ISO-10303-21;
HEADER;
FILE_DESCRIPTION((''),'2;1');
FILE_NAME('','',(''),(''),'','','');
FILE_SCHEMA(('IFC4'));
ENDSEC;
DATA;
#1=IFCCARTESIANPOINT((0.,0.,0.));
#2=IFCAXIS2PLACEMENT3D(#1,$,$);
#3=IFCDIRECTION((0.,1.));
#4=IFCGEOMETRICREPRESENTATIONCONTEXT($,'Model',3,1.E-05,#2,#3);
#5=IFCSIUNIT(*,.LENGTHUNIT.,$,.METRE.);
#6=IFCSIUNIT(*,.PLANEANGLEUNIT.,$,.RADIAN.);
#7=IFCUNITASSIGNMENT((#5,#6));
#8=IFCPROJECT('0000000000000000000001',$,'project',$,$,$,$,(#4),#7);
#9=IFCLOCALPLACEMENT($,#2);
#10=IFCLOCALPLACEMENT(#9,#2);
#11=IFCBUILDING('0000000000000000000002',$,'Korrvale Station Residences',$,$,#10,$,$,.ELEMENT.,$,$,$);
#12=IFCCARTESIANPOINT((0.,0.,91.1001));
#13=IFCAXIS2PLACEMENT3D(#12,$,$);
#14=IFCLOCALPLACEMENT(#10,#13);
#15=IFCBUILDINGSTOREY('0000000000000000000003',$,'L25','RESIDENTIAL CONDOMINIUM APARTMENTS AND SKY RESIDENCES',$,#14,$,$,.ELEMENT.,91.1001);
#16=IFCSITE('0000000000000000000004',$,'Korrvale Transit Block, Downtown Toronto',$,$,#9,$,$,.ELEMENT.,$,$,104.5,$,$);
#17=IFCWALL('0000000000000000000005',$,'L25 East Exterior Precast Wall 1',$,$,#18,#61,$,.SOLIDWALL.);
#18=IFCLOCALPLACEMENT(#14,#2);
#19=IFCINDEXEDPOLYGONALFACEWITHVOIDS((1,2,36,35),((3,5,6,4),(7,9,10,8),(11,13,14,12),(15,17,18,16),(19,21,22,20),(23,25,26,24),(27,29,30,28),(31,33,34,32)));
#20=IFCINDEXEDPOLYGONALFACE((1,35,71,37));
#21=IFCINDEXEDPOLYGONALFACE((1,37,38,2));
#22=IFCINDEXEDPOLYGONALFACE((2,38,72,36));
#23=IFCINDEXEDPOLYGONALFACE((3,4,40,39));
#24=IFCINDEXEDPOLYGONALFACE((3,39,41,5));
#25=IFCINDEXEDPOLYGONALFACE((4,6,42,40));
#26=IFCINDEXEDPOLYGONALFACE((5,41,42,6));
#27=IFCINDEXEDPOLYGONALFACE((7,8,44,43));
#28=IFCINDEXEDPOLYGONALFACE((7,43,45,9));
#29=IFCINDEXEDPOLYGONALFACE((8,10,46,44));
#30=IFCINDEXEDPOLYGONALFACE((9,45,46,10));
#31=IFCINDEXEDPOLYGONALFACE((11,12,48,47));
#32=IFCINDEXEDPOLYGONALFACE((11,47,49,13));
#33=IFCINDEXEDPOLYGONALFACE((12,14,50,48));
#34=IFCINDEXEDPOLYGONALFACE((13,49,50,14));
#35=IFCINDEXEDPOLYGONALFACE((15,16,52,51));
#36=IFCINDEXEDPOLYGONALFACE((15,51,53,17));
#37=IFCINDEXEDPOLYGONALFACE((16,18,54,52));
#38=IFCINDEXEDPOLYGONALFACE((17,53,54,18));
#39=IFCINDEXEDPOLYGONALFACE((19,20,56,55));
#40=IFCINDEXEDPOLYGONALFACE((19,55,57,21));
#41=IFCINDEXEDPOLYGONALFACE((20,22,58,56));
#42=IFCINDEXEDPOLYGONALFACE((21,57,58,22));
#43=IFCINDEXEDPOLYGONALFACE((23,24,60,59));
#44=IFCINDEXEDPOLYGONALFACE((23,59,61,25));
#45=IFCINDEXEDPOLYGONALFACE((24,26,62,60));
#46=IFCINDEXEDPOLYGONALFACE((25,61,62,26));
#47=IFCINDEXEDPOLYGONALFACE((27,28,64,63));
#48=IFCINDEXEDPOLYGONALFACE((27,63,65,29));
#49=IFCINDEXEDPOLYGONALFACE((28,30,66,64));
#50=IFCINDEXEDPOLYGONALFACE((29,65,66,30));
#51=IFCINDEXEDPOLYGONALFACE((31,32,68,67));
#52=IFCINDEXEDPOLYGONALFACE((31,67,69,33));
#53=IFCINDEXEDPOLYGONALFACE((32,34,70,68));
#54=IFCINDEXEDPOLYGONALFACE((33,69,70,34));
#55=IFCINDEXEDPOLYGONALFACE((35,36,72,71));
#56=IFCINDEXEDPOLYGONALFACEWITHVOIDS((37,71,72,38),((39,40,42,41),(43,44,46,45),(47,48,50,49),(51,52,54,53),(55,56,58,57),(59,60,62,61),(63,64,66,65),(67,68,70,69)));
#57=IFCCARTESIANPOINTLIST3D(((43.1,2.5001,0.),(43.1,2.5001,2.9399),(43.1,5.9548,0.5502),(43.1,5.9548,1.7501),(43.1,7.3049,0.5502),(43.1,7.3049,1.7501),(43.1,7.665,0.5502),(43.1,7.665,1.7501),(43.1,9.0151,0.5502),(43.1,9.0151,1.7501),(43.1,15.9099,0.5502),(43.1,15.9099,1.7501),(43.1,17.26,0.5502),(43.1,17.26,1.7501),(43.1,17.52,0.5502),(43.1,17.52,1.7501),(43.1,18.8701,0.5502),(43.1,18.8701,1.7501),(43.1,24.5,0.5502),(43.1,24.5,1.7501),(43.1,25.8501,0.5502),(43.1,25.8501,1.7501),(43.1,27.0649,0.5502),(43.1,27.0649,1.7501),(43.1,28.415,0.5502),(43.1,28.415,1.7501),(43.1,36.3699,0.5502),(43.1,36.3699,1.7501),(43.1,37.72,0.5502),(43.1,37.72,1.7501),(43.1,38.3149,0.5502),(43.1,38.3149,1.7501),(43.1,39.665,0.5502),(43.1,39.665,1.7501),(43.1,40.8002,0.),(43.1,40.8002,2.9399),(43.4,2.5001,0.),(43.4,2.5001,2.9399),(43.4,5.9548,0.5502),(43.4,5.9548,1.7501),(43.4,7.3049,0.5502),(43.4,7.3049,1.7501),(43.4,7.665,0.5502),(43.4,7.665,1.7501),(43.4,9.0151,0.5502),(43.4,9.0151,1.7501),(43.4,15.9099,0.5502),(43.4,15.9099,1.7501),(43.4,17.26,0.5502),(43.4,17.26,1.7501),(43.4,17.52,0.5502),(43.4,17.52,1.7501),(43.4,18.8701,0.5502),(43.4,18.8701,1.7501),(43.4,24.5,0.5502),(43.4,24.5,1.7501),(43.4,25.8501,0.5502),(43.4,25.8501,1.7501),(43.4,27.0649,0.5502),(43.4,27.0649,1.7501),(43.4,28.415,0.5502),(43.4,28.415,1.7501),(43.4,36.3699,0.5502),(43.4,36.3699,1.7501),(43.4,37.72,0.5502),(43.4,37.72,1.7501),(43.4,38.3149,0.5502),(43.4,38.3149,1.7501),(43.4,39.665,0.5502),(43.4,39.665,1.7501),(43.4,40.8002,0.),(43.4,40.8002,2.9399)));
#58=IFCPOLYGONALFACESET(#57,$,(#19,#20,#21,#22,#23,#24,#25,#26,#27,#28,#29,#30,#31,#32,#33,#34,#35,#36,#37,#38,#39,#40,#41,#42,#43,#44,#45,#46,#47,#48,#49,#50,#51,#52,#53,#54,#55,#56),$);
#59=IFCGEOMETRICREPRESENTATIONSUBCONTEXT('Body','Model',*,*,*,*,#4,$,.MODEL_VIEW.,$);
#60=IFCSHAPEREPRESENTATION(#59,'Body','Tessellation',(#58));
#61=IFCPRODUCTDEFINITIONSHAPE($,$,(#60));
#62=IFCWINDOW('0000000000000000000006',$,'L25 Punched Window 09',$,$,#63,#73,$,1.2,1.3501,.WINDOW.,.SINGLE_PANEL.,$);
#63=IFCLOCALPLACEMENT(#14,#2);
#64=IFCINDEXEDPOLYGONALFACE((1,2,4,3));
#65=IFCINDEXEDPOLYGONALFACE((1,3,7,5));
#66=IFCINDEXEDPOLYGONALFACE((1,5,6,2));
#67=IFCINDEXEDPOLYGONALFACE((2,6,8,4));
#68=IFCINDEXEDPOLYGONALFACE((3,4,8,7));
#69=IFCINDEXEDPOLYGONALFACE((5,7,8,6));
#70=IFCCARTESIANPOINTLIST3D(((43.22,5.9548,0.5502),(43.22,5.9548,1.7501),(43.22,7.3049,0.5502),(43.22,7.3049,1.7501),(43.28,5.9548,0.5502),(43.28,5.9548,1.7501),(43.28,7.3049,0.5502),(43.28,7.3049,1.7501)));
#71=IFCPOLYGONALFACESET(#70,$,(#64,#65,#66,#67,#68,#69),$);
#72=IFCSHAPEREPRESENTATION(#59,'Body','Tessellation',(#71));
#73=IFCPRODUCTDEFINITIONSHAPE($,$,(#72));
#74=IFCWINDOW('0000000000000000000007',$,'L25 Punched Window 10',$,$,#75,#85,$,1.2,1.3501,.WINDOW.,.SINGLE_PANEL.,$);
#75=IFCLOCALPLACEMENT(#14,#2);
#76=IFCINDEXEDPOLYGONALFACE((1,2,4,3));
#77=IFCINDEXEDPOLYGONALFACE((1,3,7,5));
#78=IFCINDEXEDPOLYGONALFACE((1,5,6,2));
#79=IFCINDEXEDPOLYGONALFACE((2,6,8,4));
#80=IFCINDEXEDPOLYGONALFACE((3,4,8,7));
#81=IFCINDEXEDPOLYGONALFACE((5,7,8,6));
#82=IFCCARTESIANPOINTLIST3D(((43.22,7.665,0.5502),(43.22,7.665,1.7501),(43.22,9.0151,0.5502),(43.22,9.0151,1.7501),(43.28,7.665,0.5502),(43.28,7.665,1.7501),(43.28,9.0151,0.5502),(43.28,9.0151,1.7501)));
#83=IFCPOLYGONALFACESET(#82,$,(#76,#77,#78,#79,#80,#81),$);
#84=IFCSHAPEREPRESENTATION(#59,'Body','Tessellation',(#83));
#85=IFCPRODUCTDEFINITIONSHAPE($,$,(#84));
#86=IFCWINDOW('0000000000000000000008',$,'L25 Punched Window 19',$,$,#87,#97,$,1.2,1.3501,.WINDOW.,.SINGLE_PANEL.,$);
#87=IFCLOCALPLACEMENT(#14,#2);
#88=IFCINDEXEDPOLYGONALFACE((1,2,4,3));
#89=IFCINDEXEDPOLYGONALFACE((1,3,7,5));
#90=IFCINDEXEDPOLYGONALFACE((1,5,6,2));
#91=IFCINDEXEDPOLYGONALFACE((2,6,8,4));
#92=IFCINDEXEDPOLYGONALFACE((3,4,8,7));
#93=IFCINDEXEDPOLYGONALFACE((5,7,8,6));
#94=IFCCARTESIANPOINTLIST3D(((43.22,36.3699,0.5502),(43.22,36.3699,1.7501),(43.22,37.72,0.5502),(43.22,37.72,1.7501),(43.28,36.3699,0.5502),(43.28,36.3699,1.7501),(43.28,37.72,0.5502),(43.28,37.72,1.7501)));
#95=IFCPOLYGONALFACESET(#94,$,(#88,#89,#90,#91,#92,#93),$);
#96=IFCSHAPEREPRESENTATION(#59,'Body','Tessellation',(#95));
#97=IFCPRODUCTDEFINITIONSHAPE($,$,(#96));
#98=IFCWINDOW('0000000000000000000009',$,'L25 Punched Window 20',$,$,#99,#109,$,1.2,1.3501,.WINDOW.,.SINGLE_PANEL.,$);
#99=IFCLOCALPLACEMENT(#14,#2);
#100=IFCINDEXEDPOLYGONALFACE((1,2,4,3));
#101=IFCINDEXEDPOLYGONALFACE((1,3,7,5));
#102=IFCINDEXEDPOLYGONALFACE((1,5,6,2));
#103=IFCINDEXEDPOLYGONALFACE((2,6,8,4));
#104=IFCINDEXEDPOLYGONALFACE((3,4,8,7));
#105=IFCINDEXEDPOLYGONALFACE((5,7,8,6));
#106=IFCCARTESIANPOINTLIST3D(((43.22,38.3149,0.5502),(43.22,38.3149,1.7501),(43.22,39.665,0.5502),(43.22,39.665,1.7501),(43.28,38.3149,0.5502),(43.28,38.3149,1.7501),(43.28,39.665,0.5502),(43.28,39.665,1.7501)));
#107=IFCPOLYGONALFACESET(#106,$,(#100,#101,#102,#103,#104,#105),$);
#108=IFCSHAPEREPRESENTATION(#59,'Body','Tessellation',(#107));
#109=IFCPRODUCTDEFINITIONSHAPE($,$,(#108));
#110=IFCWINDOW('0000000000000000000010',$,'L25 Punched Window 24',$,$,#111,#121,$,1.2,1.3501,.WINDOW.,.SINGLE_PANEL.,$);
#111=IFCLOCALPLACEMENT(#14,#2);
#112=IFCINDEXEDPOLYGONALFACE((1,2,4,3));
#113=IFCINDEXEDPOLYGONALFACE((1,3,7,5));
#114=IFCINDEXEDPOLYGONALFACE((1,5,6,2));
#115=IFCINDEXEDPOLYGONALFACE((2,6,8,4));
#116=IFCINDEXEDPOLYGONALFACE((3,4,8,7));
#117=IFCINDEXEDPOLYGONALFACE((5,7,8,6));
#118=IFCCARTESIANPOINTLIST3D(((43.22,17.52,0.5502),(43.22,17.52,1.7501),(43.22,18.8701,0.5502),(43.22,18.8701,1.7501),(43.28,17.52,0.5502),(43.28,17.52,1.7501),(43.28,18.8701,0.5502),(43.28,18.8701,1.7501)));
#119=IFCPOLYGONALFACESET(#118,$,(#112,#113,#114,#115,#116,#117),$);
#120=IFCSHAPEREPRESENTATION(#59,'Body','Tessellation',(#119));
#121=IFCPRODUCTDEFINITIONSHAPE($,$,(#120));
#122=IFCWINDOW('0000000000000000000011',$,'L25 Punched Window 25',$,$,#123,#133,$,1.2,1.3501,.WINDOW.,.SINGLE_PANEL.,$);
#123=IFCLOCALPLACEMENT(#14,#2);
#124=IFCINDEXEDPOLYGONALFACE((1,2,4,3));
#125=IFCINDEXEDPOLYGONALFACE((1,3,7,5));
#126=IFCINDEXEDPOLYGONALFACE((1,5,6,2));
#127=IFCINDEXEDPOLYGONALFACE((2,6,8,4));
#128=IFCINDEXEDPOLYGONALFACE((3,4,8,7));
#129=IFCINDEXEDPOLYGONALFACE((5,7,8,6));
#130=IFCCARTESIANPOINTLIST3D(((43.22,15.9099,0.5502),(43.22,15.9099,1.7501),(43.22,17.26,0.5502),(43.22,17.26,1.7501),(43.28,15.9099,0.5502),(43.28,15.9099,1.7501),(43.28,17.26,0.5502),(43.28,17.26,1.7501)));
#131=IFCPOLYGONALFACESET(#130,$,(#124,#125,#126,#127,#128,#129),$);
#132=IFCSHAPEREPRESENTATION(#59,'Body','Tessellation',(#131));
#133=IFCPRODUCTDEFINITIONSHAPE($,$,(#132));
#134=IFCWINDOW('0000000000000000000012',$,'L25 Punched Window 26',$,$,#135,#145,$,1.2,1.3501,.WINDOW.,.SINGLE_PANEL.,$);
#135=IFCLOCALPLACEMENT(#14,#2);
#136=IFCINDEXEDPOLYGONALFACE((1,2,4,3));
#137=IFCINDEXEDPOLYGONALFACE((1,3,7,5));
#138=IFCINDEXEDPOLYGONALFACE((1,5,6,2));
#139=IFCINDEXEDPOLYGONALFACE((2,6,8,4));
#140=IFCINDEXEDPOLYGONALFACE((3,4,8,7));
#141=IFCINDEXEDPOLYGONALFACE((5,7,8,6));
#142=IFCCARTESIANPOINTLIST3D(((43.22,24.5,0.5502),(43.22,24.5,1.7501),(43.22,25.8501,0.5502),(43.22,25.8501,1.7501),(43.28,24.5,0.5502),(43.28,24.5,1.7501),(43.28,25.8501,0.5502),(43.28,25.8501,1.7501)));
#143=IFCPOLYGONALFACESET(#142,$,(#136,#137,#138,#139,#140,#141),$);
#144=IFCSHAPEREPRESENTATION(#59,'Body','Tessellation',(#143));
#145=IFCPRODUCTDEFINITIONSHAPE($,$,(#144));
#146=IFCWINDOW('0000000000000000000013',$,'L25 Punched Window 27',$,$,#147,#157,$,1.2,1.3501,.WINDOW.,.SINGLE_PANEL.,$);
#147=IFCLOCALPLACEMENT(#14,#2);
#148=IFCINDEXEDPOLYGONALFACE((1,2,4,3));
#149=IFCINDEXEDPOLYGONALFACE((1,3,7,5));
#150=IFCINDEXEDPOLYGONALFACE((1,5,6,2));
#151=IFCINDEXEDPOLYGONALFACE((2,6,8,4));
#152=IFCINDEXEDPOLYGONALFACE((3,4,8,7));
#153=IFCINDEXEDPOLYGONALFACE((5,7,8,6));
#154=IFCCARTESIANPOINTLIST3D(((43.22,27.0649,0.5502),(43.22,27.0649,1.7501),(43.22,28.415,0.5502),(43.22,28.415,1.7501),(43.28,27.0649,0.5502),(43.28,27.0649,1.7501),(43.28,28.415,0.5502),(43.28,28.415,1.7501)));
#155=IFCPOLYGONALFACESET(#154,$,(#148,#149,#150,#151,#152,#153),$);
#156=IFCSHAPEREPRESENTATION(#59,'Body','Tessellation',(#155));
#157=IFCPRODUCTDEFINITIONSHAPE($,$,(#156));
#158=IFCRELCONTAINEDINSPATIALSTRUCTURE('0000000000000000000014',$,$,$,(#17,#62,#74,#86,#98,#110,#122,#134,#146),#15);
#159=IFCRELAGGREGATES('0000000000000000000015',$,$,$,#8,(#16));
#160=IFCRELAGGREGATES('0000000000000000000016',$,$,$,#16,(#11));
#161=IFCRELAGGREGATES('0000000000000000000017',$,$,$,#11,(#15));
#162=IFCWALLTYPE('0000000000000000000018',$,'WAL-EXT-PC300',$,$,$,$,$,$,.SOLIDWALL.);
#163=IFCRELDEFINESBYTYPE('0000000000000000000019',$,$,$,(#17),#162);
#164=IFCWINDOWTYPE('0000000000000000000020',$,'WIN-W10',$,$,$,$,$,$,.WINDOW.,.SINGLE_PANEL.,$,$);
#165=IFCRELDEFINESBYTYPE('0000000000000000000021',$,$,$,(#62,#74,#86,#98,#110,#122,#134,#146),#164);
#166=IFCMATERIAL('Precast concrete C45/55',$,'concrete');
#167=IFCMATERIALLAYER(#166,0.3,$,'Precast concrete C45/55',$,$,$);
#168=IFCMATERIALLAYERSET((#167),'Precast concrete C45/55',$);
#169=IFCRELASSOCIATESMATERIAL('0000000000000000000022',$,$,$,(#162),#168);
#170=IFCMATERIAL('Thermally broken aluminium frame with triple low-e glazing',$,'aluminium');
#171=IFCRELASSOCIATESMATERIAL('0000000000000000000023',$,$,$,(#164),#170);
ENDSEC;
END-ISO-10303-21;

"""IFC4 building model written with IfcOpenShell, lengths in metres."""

from ifc_helpers import new_model, si_unit, direction, frame, frame_2d, origin, place, context, subcontext, project, spatial, rectangle, extrude, material, layer, layer_set, type_object, element, fill, save


model = new_model("IFC4")

# Units and contexts
model_context = context("Model", 3, precision=1e-05, world=origin(), true_north=direction((0.0, 1.0)))
body_context = subcontext(model_context, "Body", "Model", "MODEL_VIEW")
ifc_project = project(units=[si_unit("LENGTHUNIT", "METRE"), si_unit("PLANEANGLEUNIT", "RADIAN")], contexts=[model_context])

# Site, building, storey
site_placement = place(None, origin())
site = spatial("IfcSite", under=ifc_project, at=site_placement, Name="Korrvale Transit Block, Downtown Toronto", CompositionType="ELEMENT", RefElevation=104.5)
building_placement = place(site_placement, origin())
building = spatial("IfcBuilding", under=site, at=building_placement, Name="Korrvale Station Residences", CompositionType="ELEMENT")
storey_placement = place(building_placement, frame((0.0, 0.0, 91.1001)))
storey = spatial("IfcBuildingStorey", under=building, at=storey_placement, Name="L25", Description="RESIDENTIAL CONDOMINIUM APARTMENTS AND SKY RESIDENCES", CompositionType="ELEMENT", Elevation=91.1001)

# Shared definitions
ifc_material_1 = material(Name="Precast concrete C45/55", Category="concrete")
ifc_layer_1 = layer(ifc_material_1, 0.3, Name="Precast concrete C45/55")
ifc_layer_set_1 = layer_set([ifc_layer_1], Name="Precast concrete C45/55")
wall_type_1 = type_object("IfcWallType", Name="WAL-EXT-PC300", PredefinedType="SOLIDWALL", material=ifc_layer_set_1)

# Wall, openings, windows
wall_1_placement = place(storey_placement, frame((43.25, 40.8, 0.0), z_axis=(0.0, 0.0, 1.0), x_axis=(0.0, -1.0, 0.0)))
wall_1 = element("IfcWall", 1, at=wall_1_placement, inside=storey, type_object=wall_type_1, Name="L25 East Exterior Precast Wall 1", PredefinedType="SOLIDWALL", context=body_context, shape_type="SweptSolid", body=[
    extrude(rectangle(XDim=38.3, YDim=0.3, at=frame_2d((19.1499, 0.0))), origin(), (0.0, 0.0, 1.0), 2.9399),
])
opening_1_placement = place(wall_1_placement, frame((33.4951, 0.0, 0.55)))
opening_1 = element("IfcOpeningElement", 2, at=opening_1_placement, cuts=wall_1, PredefinedType="OPENING", context=body_context, shape_type="SweptSolid", body=[
    extrude(rectangle(XDim=1.3501, YDim=1.2, at=frame_2d((0.675, 0.6001))), frame((0.0, 0.1602, 0.0), z_axis=(0.0, -1.0, 0.0), x_axis=(1.0, 0.0, 0.0)), (0.0, 0.0, 1.0), 0.3201),
])
opening_2_placement = place(wall_1_placement, frame((31.7849, 0.0, 0.55)))
opening_2 = element("IfcOpeningElement", 3, at=opening_2_placement, cuts=wall_1, PredefinedType="OPENING", context=body_context, shape_type="SweptSolid", body=[
    extrude(rectangle(XDim=1.3501, YDim=1.2, at=frame_2d((0.675, 0.6001))), frame((0.0, 0.1602, 0.0), z_axis=(0.0, -1.0, 0.0), x_axis=(1.0, 0.0, 0.0)), (0.0, 0.0, 1.0), 0.3201),
])
opening_3_placement = place(wall_1_placement, frame((3.0801, 0.0, 0.55)))
opening_3 = element("IfcOpeningElement", 4, at=opening_3_placement, cuts=wall_1, PredefinedType="OPENING", context=body_context, shape_type="SweptSolid", body=[
    extrude(rectangle(XDim=1.3501, YDim=1.2, at=frame_2d((0.675, 0.6001))), frame((0.0, 0.1602, 0.0), z_axis=(0.0, -1.0, 0.0), x_axis=(1.0, 0.0, 0.0)), (0.0, 0.0, 1.0), 0.3201),
])
opening_4_placement = place(wall_1_placement, frame((1.135, 0.0, 0.55)))
opening_4 = element("IfcOpeningElement", 5, at=opening_4_placement, cuts=wall_1, PredefinedType="OPENING", context=body_context, shape_type="SweptSolid", body=[
    extrude(rectangle(XDim=1.3501, YDim=1.2, at=frame_2d((0.675, 0.6001))), frame((0.0, 0.1602, 0.0), z_axis=(0.0, -1.0, 0.0), x_axis=(1.0, 0.0, 0.0)), (0.0, 0.0, 1.0), 0.3201),
])
opening_5_placement = place(wall_1_placement, frame((21.9299, 0.0, 0.55)))
opening_5 = element("IfcOpeningElement", 6, at=opening_5_placement, cuts=wall_1, PredefinedType="OPENING", context=body_context, shape_type="SweptSolid", body=[
    extrude(rectangle(XDim=1.3501, YDim=1.2, at=frame_2d((0.675, 0.6001))), frame((0.0, 0.1602, 0.0), z_axis=(0.0, -1.0, 0.0), x_axis=(1.0, 0.0, 0.0)), (0.0, 0.0, 1.0), 0.3201),
])
opening_6_placement = place(wall_1_placement, frame((23.54, 0.0, 0.55)))
opening_6 = element("IfcOpeningElement", 7, at=opening_6_placement, cuts=wall_1, PredefinedType="OPENING", context=body_context, shape_type="SweptSolid", body=[
    extrude(rectangle(XDim=1.3501, YDim=1.2, at=frame_2d((0.675, 0.6001))), frame((0.0, 0.1602, 0.0), z_axis=(0.0, -1.0, 0.0), x_axis=(1.0, 0.0, 0.0)), (0.0, 0.0, 1.0), 0.3201),
])
opening_7_placement = place(wall_1_placement, frame((14.95, 0.0, 0.55)))
opening_7 = element("IfcOpeningElement", 8, at=opening_7_placement, cuts=wall_1, PredefinedType="OPENING", context=body_context, shape_type="SweptSolid", body=[
    extrude(rectangle(XDim=1.3501, YDim=1.2, at=frame_2d((0.675, 0.6001))), frame((0.0, 0.1602, 0.0), z_axis=(0.0, -1.0, 0.0), x_axis=(1.0, 0.0, 0.0)), (0.0, 0.0, 1.0), 0.3201),
])
opening_8_placement = place(wall_1_placement, frame((12.385, 0.0, 0.55)))
opening_8 = element("IfcOpeningElement", 9, at=opening_8_placement, cuts=wall_1, PredefinedType="OPENING", context=body_context, shape_type="SweptSolid", body=[
    extrude(rectangle(XDim=1.3501, YDim=1.2, at=frame_2d((0.675, 0.6001))), frame((0.0, 0.1602, 0.0), z_axis=(0.0, -1.0, 0.0), x_axis=(1.0, 0.0, 0.0)), (0.0, 0.0, 1.0), 0.3201),
])
ifc_material_2 = material(Name="Thermally broken aluminium frame with triple low-e glazing", Category="aluminium")
window_type = type_object("IfcWindowType", Name="WIN-W10", PartitioningType="SINGLE_PANEL", PredefinedType="WINDOW", material=ifc_material_2)
window_1_placement = place(opening_1_placement, origin())
window_1 = element("IfcWindow", 10, at=window_1_placement, inside=storey, type_object=window_type, Name="L25 Punched Window 09", OverallHeight=1.2, OverallWidth=1.3501, PartitioningType="SINGLE_PANEL", PredefinedType="WINDOW", context=body_context, shape_type="SweptSolid", body=[
    extrude(rectangle(XDim=1.3501, YDim=1.2, at=frame_2d((0.675, 0.6001))), frame((0.0, 0.03, 0.0), z_axis=(0.0, -1.0, 0.0), x_axis=(1.0, 0.0, 0.0)), (0.0, 0.0, 1.0), 0.0601),
])
fill(opening_1, window_1)
window_2_placement = place(opening_2_placement, origin())
window_2 = element("IfcWindow", 11, at=window_2_placement, inside=storey, type_object=window_type, Name="L25 Punched Window 10", OverallHeight=1.2, OverallWidth=1.3501, PartitioningType="SINGLE_PANEL", PredefinedType="WINDOW", context=body_context, shape_type="SweptSolid", body=[
    extrude(rectangle(XDim=1.3501, YDim=1.2, at=frame_2d((0.675, 0.6001))), frame((0.0, 0.03, 0.0), z_axis=(0.0, -1.0, 0.0), x_axis=(1.0, 0.0, 0.0)), (0.0, 0.0, 1.0), 0.0601),
])
fill(opening_2, window_2)
window_3_placement = place(opening_3_placement, origin())
window_3 = element("IfcWindow", 12, at=window_3_placement, inside=storey, type_object=window_type, Name="L25 Punched Window 19", OverallHeight=1.2, OverallWidth=1.3501, PartitioningType="SINGLE_PANEL", PredefinedType="WINDOW", context=body_context, shape_type="SweptSolid", body=[
    extrude(rectangle(XDim=1.3501, YDim=1.2, at=frame_2d((0.675, 0.6001))), frame((0.0, 0.03, 0.0), z_axis=(0.0, -1.0, 0.0), x_axis=(1.0, 0.0, 0.0)), (0.0, 0.0, 1.0), 0.0601),
])
fill(opening_3, window_3)
window_4_placement = place(opening_4_placement, origin())
window_4 = element("IfcWindow", 13, at=window_4_placement, inside=storey, type_object=window_type, Name="L25 Punched Window 20", OverallHeight=1.2, OverallWidth=1.3501, PartitioningType="SINGLE_PANEL", PredefinedType="WINDOW", context=body_context, shape_type="SweptSolid", body=[
    extrude(rectangle(XDim=1.3501, YDim=1.2, at=frame_2d((0.675, 0.6001))), frame((0.0, 0.03, 0.0), z_axis=(0.0, -1.0, 0.0), x_axis=(1.0, 0.0, 0.0)), (0.0, 0.0, 1.0), 0.0601),
])
fill(opening_4, window_4)
window_5_placement = place(opening_5_placement, origin())
window_5 = element("IfcWindow", 14, at=window_5_placement, inside=storey, type_object=window_type, Name="L25 Punched Window 24", OverallHeight=1.2, OverallWidth=1.3501, PartitioningType="SINGLE_PANEL", PredefinedType="WINDOW", context=body_context, shape_type="SweptSolid", body=[
    extrude(rectangle(XDim=1.3501, YDim=1.2, at=frame_2d((0.675, 0.6001))), frame((0.0, 0.03, 0.0), z_axis=(0.0, -1.0, 0.0), x_axis=(1.0, 0.0, 0.0)), (0.0, 0.0, 1.0), 0.0601),
])
fill(opening_5, window_5)
window_6_placement = place(opening_6_placement, origin())
window_6 = element("IfcWindow", 15, at=window_6_placement, inside=storey, type_object=window_type, Name="L25 Punched Window 25", OverallHeight=1.2, OverallWidth=1.3501, PartitioningType="SINGLE_PANEL", PredefinedType="WINDOW", context=body_context, shape_type="SweptSolid", body=[
    extrude(rectangle(XDim=1.3501, YDim=1.2, at=frame_2d((0.675, 0.6001))), frame((0.0, 0.03, 0.0), z_axis=(0.0, -1.0, 0.0), x_axis=(1.0, 0.0, 0.0)), (0.0, 0.0, 1.0), 0.0601),
])
fill(opening_6, window_6)
window_7_placement = place(opening_7_placement, origin())
window_7 = element("IfcWindow", 16, at=window_7_placement, inside=storey, type_object=window_type, Name="L25 Punched Window 26", OverallHeight=1.2, OverallWidth=1.3501, PartitioningType="SINGLE_PANEL", PredefinedType="WINDOW", context=body_context, shape_type="SweptSolid", body=[
    extrude(rectangle(XDim=1.3501, YDim=1.2, at=frame_2d((0.675, 0.6001))), frame((0.0, 0.03, 0.0), z_axis=(0.0, -1.0, 0.0), x_axis=(1.0, 0.0, 0.0)), (0.0, 0.0, 1.0), 0.0601),
])
fill(opening_7, window_7)
window_8_placement = place(opening_8_placement, origin())
window_8 = element("IfcWindow", 17, at=window_8_placement, inside=storey, type_object=window_type, Name="L25 Punched Window 27", OverallHeight=1.2, OverallWidth=1.3501, PartitioningType="SINGLE_PANEL", PredefinedType="WINDOW", context=body_context, shape_type="SweptSolid", body=[
    extrude(rectangle(XDim=1.3501, YDim=1.2, at=frame_2d((0.675, 0.6001))), frame((0.0, 0.03, 0.0), z_axis=(0.0, -1.0, 0.0), x_axis=(1.0, 0.0, 0.0)), (0.0, 0.0, 1.0), 0.0601),
])
fill(opening_8, window_8)

save(model, "model.ifc")
